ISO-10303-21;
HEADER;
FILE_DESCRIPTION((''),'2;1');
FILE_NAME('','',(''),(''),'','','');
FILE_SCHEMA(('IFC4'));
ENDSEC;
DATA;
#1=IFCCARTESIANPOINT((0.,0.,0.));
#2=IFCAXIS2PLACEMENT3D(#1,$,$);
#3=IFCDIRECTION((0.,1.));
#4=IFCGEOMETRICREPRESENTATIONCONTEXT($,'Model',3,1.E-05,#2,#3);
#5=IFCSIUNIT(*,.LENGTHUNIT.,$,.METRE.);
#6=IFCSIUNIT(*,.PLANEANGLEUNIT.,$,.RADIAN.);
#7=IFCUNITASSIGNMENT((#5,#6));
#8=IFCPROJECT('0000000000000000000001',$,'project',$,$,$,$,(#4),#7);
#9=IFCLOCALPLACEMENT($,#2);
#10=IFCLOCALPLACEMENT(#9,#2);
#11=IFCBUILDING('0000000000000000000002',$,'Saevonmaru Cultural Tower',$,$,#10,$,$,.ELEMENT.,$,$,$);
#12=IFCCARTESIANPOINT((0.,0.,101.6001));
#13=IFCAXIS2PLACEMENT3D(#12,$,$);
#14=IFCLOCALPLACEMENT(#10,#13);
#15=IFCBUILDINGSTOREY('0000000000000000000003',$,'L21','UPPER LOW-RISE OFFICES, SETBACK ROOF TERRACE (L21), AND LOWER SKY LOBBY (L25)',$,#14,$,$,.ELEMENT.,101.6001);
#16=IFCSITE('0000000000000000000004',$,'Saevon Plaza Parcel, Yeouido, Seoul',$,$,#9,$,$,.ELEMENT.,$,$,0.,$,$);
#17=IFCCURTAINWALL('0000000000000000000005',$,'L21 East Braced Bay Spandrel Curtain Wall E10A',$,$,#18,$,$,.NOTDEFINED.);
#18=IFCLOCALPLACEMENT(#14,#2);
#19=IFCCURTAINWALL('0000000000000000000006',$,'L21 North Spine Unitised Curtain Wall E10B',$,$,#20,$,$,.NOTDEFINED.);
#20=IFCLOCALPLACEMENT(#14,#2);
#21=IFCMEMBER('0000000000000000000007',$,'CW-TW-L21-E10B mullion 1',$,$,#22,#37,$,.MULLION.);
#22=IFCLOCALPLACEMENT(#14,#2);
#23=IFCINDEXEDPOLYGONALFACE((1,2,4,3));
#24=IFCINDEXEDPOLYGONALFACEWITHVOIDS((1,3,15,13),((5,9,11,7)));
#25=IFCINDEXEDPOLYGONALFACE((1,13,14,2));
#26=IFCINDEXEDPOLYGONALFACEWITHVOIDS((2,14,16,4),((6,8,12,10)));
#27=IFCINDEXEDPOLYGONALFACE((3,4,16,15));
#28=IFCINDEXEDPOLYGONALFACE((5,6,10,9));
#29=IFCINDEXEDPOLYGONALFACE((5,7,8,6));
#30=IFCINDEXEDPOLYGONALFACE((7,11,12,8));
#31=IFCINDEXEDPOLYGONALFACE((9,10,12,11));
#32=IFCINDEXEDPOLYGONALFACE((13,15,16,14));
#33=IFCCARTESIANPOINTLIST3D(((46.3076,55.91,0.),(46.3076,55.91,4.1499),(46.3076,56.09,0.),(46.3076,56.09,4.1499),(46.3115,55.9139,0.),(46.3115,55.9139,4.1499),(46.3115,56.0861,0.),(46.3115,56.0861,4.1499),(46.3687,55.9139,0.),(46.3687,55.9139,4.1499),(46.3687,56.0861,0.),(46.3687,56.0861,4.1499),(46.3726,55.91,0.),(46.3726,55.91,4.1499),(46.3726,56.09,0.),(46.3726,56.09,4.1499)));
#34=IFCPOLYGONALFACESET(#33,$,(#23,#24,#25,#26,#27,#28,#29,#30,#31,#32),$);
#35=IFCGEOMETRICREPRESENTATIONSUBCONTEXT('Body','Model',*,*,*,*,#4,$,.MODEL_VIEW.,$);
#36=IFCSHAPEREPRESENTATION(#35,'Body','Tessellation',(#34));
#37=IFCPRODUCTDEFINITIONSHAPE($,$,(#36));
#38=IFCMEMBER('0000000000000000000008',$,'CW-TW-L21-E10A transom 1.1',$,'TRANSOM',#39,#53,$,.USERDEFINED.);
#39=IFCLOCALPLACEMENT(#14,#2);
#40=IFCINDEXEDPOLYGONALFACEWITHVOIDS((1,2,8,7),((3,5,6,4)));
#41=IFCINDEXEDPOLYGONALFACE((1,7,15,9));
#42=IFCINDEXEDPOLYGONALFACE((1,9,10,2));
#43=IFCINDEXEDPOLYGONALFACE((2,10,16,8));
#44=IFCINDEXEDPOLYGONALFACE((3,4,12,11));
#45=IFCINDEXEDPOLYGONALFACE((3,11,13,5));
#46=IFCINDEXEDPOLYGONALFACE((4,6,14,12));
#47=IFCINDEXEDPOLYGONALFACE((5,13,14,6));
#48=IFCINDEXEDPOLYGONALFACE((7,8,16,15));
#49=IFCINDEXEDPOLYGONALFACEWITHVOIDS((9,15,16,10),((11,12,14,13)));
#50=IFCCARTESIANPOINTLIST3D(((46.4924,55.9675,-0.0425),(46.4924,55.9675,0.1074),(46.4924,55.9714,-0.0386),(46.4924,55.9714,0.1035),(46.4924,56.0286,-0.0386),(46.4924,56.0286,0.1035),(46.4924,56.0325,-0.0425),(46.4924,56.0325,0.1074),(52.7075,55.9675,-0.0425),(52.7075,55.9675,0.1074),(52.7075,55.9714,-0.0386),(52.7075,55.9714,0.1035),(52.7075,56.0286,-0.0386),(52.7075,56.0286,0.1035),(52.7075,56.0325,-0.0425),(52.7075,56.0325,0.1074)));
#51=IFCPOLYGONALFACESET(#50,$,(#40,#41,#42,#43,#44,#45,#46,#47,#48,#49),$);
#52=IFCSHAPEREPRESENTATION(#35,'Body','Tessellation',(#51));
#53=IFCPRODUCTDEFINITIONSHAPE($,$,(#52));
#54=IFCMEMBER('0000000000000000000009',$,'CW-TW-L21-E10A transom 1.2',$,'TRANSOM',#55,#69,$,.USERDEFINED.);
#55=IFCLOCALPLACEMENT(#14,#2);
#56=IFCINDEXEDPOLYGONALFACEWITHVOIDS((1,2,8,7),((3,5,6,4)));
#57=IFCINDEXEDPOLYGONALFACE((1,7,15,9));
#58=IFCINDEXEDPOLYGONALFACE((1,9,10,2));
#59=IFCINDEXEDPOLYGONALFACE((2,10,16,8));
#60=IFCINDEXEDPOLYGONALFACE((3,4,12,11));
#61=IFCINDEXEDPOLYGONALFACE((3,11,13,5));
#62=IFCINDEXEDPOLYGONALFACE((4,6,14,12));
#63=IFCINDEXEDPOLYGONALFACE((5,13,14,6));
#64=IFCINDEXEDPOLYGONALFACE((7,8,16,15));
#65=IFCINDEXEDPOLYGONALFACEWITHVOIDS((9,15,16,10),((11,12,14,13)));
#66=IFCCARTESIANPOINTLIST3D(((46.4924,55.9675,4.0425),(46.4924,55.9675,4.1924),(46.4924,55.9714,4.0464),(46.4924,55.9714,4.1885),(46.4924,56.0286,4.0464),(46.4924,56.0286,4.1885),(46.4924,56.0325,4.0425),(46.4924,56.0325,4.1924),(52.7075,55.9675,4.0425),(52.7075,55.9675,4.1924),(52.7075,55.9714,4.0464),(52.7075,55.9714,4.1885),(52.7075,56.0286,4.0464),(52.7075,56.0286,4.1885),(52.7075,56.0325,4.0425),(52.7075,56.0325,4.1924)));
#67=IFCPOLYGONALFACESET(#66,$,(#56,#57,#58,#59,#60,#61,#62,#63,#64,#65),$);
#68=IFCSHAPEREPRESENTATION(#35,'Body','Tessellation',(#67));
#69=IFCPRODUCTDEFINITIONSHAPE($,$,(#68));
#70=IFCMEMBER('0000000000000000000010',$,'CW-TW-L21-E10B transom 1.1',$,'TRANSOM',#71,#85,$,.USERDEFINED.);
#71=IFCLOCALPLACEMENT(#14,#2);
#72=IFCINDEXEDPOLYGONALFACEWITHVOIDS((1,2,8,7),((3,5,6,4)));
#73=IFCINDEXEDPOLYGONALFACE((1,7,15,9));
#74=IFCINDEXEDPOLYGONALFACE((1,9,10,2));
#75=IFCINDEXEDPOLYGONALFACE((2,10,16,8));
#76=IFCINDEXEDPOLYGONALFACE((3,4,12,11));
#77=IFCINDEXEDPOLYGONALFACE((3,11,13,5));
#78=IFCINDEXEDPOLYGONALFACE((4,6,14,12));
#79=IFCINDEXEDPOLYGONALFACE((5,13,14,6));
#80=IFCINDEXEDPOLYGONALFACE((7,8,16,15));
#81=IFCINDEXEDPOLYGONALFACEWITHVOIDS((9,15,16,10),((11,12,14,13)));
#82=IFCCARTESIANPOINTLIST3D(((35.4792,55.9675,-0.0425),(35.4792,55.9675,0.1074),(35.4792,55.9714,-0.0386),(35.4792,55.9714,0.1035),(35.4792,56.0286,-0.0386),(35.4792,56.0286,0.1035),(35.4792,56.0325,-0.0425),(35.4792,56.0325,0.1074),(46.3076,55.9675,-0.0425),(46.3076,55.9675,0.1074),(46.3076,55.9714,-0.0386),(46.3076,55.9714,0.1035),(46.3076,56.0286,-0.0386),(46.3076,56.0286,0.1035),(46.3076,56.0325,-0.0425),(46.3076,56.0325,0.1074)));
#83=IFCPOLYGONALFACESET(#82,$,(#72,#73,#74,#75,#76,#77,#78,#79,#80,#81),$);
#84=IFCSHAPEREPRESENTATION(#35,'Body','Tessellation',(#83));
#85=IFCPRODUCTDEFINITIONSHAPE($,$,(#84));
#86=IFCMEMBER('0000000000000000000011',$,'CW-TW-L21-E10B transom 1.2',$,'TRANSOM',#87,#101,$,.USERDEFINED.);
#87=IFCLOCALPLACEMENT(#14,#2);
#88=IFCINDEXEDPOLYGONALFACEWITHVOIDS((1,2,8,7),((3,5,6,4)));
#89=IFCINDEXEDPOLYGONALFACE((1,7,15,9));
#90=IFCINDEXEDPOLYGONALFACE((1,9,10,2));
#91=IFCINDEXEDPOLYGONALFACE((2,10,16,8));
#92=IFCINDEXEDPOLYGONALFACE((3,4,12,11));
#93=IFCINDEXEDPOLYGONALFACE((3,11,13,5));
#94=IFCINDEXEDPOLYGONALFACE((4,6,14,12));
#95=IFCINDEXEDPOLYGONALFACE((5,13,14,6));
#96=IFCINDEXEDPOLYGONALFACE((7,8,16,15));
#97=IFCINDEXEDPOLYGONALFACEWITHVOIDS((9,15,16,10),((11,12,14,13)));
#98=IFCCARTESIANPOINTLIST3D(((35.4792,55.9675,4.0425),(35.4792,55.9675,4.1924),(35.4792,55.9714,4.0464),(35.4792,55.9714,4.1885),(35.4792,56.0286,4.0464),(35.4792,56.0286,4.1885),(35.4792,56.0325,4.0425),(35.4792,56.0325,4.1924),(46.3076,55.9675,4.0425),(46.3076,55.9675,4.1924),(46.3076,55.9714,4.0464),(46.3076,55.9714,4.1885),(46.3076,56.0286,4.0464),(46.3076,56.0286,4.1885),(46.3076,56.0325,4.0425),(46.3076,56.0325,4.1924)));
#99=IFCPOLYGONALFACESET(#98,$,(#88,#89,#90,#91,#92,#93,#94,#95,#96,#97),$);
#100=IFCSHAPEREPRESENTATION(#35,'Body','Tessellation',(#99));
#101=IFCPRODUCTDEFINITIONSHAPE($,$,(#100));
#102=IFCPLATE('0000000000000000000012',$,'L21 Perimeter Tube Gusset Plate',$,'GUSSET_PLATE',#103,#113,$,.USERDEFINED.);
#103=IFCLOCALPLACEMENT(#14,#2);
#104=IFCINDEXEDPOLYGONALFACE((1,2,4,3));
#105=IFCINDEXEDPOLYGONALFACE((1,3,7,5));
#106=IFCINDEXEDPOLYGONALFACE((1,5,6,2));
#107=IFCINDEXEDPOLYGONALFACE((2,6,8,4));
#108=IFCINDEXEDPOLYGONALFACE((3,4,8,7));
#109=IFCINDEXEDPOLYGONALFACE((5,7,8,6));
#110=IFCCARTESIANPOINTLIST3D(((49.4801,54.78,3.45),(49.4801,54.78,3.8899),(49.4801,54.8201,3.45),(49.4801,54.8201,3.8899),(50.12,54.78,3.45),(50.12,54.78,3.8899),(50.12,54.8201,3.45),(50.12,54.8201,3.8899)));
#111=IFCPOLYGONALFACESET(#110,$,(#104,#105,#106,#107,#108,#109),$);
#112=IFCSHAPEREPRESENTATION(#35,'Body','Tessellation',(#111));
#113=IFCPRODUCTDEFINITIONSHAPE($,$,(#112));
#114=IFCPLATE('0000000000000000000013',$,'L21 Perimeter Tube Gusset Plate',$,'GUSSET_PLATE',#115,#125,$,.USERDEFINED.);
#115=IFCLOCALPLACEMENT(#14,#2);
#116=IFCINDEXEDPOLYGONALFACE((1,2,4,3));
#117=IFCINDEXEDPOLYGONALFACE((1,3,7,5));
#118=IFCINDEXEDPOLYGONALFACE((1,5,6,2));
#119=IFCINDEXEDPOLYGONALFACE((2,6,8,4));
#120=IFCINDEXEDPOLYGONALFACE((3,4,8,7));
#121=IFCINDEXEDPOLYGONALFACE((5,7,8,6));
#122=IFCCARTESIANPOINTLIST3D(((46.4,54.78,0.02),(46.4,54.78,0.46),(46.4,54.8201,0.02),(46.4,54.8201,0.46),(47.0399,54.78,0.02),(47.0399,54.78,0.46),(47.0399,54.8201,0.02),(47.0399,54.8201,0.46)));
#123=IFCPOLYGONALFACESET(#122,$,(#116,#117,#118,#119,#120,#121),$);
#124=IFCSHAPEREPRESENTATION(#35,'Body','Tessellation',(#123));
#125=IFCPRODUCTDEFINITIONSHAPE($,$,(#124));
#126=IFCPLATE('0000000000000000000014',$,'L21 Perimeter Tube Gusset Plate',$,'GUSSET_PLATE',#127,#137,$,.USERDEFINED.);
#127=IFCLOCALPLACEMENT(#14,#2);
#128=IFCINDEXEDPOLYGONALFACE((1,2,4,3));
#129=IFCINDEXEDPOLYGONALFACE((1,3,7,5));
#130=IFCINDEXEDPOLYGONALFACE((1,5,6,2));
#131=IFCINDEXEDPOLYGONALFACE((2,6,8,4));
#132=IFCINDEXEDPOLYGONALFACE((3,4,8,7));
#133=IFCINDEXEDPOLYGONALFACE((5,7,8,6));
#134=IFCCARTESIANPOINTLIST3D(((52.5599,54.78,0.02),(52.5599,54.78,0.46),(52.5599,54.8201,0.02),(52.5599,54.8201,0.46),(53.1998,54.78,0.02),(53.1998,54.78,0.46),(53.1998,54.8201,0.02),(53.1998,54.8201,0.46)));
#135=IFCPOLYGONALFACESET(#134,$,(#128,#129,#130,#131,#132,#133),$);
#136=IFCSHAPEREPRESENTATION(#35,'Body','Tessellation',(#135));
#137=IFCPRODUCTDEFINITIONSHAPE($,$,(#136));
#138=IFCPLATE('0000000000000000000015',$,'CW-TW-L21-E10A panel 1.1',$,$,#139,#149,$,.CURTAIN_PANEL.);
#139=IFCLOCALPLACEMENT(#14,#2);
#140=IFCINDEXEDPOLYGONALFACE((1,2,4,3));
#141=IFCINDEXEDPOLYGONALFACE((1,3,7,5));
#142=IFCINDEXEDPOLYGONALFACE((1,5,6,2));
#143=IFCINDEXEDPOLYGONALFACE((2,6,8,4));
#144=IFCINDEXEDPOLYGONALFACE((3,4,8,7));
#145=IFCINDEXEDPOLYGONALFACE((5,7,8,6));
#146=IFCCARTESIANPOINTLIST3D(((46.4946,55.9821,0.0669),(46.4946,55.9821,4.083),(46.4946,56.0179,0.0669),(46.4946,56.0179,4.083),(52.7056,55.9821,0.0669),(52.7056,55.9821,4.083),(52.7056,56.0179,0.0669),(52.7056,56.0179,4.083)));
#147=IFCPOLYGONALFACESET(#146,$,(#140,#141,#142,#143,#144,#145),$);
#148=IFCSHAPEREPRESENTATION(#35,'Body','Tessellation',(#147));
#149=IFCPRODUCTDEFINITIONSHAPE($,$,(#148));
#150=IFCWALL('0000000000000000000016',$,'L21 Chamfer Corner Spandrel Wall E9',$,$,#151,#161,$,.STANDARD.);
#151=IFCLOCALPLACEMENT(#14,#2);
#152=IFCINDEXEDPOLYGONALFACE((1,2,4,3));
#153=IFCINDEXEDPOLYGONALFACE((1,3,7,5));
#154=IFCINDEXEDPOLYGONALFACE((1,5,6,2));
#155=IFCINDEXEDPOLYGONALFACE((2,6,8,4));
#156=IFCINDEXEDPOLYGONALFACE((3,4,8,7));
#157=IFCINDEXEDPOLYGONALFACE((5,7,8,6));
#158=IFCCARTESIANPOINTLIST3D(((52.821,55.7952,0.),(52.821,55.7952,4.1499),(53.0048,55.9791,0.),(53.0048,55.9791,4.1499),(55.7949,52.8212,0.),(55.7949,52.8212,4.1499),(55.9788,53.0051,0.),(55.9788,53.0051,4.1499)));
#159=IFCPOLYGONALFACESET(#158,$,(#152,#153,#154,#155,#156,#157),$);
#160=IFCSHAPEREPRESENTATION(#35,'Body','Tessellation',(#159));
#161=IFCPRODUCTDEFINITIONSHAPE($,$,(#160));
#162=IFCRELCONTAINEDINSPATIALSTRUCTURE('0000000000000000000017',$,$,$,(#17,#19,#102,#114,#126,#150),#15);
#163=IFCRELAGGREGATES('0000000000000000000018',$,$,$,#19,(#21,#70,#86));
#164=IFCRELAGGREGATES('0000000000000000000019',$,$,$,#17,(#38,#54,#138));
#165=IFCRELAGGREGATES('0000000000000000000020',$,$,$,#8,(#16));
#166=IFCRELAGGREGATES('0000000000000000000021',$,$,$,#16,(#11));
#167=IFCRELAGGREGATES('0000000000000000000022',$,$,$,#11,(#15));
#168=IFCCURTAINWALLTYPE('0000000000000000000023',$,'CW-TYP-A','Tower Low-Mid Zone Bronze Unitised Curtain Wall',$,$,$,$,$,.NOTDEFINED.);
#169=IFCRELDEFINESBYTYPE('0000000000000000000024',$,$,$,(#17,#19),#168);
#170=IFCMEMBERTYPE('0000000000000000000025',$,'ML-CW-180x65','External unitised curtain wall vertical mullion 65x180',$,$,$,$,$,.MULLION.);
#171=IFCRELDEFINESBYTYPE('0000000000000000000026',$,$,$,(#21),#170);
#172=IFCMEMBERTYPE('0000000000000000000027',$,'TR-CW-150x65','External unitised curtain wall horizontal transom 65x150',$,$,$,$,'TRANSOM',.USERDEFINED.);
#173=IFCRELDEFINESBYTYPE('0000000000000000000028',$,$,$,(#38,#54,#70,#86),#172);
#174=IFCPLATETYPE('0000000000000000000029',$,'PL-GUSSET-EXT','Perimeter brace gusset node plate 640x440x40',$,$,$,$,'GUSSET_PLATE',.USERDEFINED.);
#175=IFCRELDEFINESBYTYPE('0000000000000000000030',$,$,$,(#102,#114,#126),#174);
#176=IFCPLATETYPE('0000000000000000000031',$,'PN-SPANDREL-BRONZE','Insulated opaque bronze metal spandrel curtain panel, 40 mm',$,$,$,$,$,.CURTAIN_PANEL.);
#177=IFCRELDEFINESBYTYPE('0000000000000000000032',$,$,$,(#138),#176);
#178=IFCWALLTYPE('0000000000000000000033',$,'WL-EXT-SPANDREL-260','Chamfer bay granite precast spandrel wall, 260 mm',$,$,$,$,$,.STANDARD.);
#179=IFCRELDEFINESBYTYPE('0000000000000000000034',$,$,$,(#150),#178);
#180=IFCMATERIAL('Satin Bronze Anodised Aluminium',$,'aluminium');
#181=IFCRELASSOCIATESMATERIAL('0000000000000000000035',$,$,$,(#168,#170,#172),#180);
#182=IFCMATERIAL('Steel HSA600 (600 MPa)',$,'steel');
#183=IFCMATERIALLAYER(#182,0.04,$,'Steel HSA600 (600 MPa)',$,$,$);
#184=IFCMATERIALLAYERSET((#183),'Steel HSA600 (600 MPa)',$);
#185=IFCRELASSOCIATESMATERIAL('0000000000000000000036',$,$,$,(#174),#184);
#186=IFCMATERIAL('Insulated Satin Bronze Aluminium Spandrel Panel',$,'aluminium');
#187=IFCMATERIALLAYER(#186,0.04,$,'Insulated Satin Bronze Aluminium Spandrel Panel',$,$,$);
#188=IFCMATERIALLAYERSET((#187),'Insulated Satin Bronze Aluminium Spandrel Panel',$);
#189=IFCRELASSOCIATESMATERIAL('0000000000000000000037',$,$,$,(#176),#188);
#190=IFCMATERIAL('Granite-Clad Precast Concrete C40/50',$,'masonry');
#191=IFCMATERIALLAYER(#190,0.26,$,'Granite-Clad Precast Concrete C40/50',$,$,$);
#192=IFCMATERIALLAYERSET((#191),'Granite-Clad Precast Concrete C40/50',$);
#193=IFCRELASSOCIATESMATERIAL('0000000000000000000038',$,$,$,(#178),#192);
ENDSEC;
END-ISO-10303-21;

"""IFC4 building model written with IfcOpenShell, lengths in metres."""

from ifc_helpers import new_model, si_unit, direction, frame, frame_2d, origin, origin_2d, place, context, subcontext, project, spatial, rectangle, hollow_rectangle, extrude, material, layer, layer_set, material_profile, profile_set, type_object, element, aggregate, save


model = new_model("IFC4")

# Units and contexts
model_context = context("Model", 3, precision=1e-05, world=origin(), true_north=direction((0.0, 1.0)))
body_context = subcontext(model_context, "Body", "Model", "MODEL_VIEW")
ifc_project = project(units=[si_unit("LENGTHUNIT", "METRE"), si_unit("PLANEANGLEUNIT", "RADIAN")], contexts=[model_context])

# Site, building, storey
site_placement = place(None, origin())
site = spatial("IfcSite", under=ifc_project, at=site_placement, Name="Saevon Plaza Parcel, Yeouido, Seoul", CompositionType="ELEMENT", RefElevation=0.0)
building_placement = place(site_placement, origin())
building = spatial("IfcBuilding", under=site, at=building_placement, Name="Saevonmaru Cultural Tower", CompositionType="ELEMENT")
storey_placement = place(building_placement, frame((0.0, 0.0, 101.6001)))
storey = spatial("IfcBuildingStorey", under=building, at=storey_placement, Name="L21", Description="UPPER LOW-RISE OFFICES, SETBACK ROOF TERRACE (L21), AND LOWER SKY LOBBY (L25)", CompositionType="ELEMENT", Elevation=101.6001)

# Shared definitions
ifc_material_1 = material(Name="Steel HSA600 (600 MPa)", Category="steel")

# Shared definitions
ifc_material_2 = material(Name="Satin Bronze Anodised Aluminium", Category="aluminium")
curtain_wall_type = type_object("IfcCurtainWallType", Name="CW-TYP-A", Description="Tower Low-Mid Zone Bronze Unitised Curtain Wall", PredefinedType="NOTDEFINED", material=ifc_material_2)
ifc_material_profile_1 = material_profile(ifc_material_2, hollow_rectangle(XDim=0.0649, YDim=0.1799, WallThickness=0.0039, at=origin_2d()), Name="ALU-MULL-180x65x4")
ifc_profile_set_1 = profile_set([ifc_material_profile_1], Name="Satin Bronze Anodised Aluminium")
member_type_1 = type_object("IfcMemberType", Name="ML-CW-180x65", Description="External unitised curtain wall vertical mullion 65x180", PredefinedType="MULLION", material=ifc_profile_set_1)

# Curtain wall
curtain_wall_1_placement = place(storey_placement, origin())
curtain_wall_1 = element("IfcCurtainWall", 1, at=curtain_wall_1_placement, inside=storey, type_object=curtain_wall_type, Name="L21 East Braced Bay Spandrel Curtain Wall E10A", PredefinedType="NOTDEFINED")

# Curtain wall, member
curtain_wall_2_placement = place(storey_placement, origin())
curtain_wall_2 = element("IfcCurtainWall", 2, at=curtain_wall_2_placement, inside=storey, type_object=curtain_wall_type, Name="L21 North Spine Unitised Curtain Wall E10B", PredefinedType="NOTDEFINED")
member_1_placement = place(storey_placement, frame((46.3401, 56.0, 0.0), z_axis=(0.0, 0.0, 1.0), x_axis=(-1.0, 0.0, 0.0)))
member_1 = element("IfcMember", 3, at=member_1_placement, type_object=member_type_1, Name="CW-TW-L21-E10B mullion 1", PredefinedType="MULLION", context=body_context, shape_type="SweptSolid", body=[
    extrude(hollow_rectangle(XDim=0.0649, YDim=0.1799, WallThickness=0.0039, at=origin_2d()), origin(), (0.0, 0.0, 1.0), 4.1499),
])

# Members
ifc_material_profile_2 = material_profile(ifc_material_2, hollow_rectangle(XDim=0.0649, YDim=0.1499, WallThickness=0.0039, at=origin_2d()), Name="ALU-TRAN-150x65x4")
ifc_profile_set_2 = profile_set([ifc_material_profile_2], Name="Satin Bronze Anodised Aluminium")
member_type_2 = type_object("IfcMemberType", Name="TR-CW-150x65", Description="External unitised curtain wall horizontal transom 65x150", ElementType="TRANSOM", PredefinedType="USERDEFINED", material=ifc_profile_set_2)
member_2_placement = place(storey_placement, frame((52.7075, 56.0, 0.0325), z_axis=(-1.0, 0.0, 0.0), x_axis=(0.0, -1.0, 0.0)))
member_2 = element("IfcMember", 4, at=member_2_placement, type_object=member_type_2, Name="CW-TW-L21-E10A transom 1.1", ObjectType="TRANSOM", PredefinedType="USERDEFINED", context=body_context, shape_type="SweptSolid", body=[
    extrude(hollow_rectangle(XDim=0.0649, YDim=0.1499, WallThickness=0.0039, at=origin_2d()), origin(), (0.0, 0.0, 1.0), 6.2151),
])
member_3_placement = place(storey_placement, frame((52.7075, 56.0, 4.1174), z_axis=(-1.0, 0.0, 0.0), x_axis=(0.0, -1.0, 0.0)))
member_3 = element("IfcMember", 5, at=member_3_placement, type_object=member_type_2, Name="CW-TW-L21-E10A transom 1.2", ObjectType="TRANSOM", PredefinedType="USERDEFINED", context=body_context, shape_type="SweptSolid", body=[
    extrude(hollow_rectangle(XDim=0.0649, YDim=0.1499, WallThickness=0.0039, at=origin_2d()), origin(), (0.0, 0.0, 1.0), 6.2151),
])
member_4_placement = place(storey_placement, frame((46.3076, 56.0, 0.0325), z_axis=(-1.0, 0.0, 0.0), x_axis=(0.0, -1.0, 0.0)))
member_4 = element("IfcMember", 6, at=member_4_placement, type_object=member_type_2, Name="CW-TW-L21-E10B transom 1.1", ObjectType="TRANSOM", PredefinedType="USERDEFINED", context=body_context, shape_type="SweptSolid", body=[
    extrude(hollow_rectangle(XDim=0.0649, YDim=0.1499, WallThickness=0.0039, at=origin_2d()), origin(), (0.0, 0.0, 1.0), 10.8284),
])
member_5_placement = place(storey_placement, frame((46.3076, 56.0, 4.1174), z_axis=(-1.0, 0.0, 0.0), x_axis=(0.0, -1.0, 0.0)))
member_5 = element("IfcMember", 7, at=member_5_placement, type_object=member_type_2, Name="CW-TW-L21-E10B transom 1.2", ObjectType="TRANSOM", PredefinedType="USERDEFINED", context=body_context, shape_type="SweptSolid", body=[
    extrude(hollow_rectangle(XDim=0.0649, YDim=0.1499, WallThickness=0.0039, at=origin_2d()), origin(), (0.0, 0.0, 1.0), 10.8284),
])
aggregate(curtain_wall_2, [member_1, member_4, member_5])

# Plates
ifc_layer_1 = layer(ifc_material_1, 0.04, Name="Steel HSA600 (600 MPa)")
ifc_layer_set_1 = layer_set([ifc_layer_1], Name="Steel HSA600 (600 MPa)")
plate_type_1 = type_object("IfcPlateType", Name="PL-GUSSET-EXT", Description="Perimeter brace gusset node plate 640x440x40", ElementType="GUSSET_PLATE", PredefinedType="USERDEFINED", material=ifc_layer_set_1)
for number, where, z_axis, x_axis, name in (
    (8, (49.8, 54.8, 3.45), (0.0, 0.0, 1.0), (1.0, 0.0, 0.0), "L21 Perimeter Tube Gusset Plate"),
    (9, (46.72, 54.8, 0.02), (0.0, 0.0, 1.0), (1.0, 0.0, 0.0), "L21 Perimeter Tube Gusset Plate"),
    (10, (52.8799, 54.8, 0.02), (0.0, 0.0, 1.0), (1.0, 0.0, 0.0), "L21 Perimeter Tube Gusset Plate"),
):
    element("IfcPlate", number, at=place(storey_placement, frame(where, z_axis=z_axis, x_axis=x_axis)), inside=storey, type_object=plate_type_1, Name=name, ObjectType="GUSSET_PLATE", PredefinedType="USERDEFINED", context=body_context, shape_type="SweptSolid", body=[
        extrude(rectangle(XDim=0.6399, YDim=0.04, at=origin_2d()), origin(), (0.0, 0.0, 1.0), 0.4399),
    ])

# Plate
ifc_material_3 = material(Name="Insulated Satin Bronze Aluminium Spandrel Panel", Category="aluminium")
ifc_layer_2 = layer(ifc_material_3, 0.04, Name="Insulated Satin Bronze Aluminium Spandrel Panel")
ifc_layer_set_2 = layer_set([ifc_layer_2], Name="Insulated Satin Bronze Aluminium Spandrel Panel")
plate_type_2 = type_object("IfcPlateType", Name="PN-SPANDREL-BRONZE", Description="Insulated opaque bronze metal spandrel curtain panel, 40 mm", PredefinedType="CURTAIN_PANEL", material=ifc_layer_set_2)
plate_placement = place(storey_placement, frame((49.6001, 56.0, 0.0669), z_axis=(0.0, 0.0, 1.0), x_axis=(-1.0, 0.0, 0.0)))
plate = element("IfcPlate", 11, at=plate_placement, type_object=plate_type_2, Name="CW-TW-L21-E10A panel 1.1", PredefinedType="CURTAIN_PANEL", context=body_context, shape_type="SweptSolid", body=[
    extrude(rectangle(XDim=6.2109, YDim=0.0359, at=origin_2d()), origin(), (0.0, 0.0, 1.0), 4.0161),
])
aggregate(curtain_wall_1, [member_2, member_3, plate])

# Wall
ifc_material_4 = material(Name="Granite-Clad Precast Concrete C40/50", Category="masonry")
ifc_layer_3 = layer(ifc_material_4, 0.26, Name="Granite-Clad Precast Concrete C40/50")
ifc_layer_set_3 = layer_set([ifc_layer_3], Name="Granite-Clad Precast Concrete C40/50")
wall_type_1 = type_object("IfcWallType", Name="WL-EXT-SPANDREL-260", Description="Chamfer bay granite precast spandrel wall, 260 mm", PredefinedType="STANDARD", material=ifc_layer_set_3)
wall_1_placement = place(storey_placement, frame((55.887, 52.9131, 0.0), z_axis=(0.0, 0.0, 1.0), x_axis=(-0.707107, 0.707107, 0.0)))
element("IfcWall", 12, at=wall_1_placement, inside=storey, type_object=wall_type_1, Name="L21 Chamfer Corner Spandrel Wall E9", PredefinedType="STANDARD", context=body_context, shape_type="SweptSolid", body=[
    extrude(rectangle(XDim=4.2058, YDim=0.26, at=frame_2d((2.103, 0.0))), origin(), (0.0, 0.0, 1.0), 4.1499),
])

save(model, "model.ifc")
